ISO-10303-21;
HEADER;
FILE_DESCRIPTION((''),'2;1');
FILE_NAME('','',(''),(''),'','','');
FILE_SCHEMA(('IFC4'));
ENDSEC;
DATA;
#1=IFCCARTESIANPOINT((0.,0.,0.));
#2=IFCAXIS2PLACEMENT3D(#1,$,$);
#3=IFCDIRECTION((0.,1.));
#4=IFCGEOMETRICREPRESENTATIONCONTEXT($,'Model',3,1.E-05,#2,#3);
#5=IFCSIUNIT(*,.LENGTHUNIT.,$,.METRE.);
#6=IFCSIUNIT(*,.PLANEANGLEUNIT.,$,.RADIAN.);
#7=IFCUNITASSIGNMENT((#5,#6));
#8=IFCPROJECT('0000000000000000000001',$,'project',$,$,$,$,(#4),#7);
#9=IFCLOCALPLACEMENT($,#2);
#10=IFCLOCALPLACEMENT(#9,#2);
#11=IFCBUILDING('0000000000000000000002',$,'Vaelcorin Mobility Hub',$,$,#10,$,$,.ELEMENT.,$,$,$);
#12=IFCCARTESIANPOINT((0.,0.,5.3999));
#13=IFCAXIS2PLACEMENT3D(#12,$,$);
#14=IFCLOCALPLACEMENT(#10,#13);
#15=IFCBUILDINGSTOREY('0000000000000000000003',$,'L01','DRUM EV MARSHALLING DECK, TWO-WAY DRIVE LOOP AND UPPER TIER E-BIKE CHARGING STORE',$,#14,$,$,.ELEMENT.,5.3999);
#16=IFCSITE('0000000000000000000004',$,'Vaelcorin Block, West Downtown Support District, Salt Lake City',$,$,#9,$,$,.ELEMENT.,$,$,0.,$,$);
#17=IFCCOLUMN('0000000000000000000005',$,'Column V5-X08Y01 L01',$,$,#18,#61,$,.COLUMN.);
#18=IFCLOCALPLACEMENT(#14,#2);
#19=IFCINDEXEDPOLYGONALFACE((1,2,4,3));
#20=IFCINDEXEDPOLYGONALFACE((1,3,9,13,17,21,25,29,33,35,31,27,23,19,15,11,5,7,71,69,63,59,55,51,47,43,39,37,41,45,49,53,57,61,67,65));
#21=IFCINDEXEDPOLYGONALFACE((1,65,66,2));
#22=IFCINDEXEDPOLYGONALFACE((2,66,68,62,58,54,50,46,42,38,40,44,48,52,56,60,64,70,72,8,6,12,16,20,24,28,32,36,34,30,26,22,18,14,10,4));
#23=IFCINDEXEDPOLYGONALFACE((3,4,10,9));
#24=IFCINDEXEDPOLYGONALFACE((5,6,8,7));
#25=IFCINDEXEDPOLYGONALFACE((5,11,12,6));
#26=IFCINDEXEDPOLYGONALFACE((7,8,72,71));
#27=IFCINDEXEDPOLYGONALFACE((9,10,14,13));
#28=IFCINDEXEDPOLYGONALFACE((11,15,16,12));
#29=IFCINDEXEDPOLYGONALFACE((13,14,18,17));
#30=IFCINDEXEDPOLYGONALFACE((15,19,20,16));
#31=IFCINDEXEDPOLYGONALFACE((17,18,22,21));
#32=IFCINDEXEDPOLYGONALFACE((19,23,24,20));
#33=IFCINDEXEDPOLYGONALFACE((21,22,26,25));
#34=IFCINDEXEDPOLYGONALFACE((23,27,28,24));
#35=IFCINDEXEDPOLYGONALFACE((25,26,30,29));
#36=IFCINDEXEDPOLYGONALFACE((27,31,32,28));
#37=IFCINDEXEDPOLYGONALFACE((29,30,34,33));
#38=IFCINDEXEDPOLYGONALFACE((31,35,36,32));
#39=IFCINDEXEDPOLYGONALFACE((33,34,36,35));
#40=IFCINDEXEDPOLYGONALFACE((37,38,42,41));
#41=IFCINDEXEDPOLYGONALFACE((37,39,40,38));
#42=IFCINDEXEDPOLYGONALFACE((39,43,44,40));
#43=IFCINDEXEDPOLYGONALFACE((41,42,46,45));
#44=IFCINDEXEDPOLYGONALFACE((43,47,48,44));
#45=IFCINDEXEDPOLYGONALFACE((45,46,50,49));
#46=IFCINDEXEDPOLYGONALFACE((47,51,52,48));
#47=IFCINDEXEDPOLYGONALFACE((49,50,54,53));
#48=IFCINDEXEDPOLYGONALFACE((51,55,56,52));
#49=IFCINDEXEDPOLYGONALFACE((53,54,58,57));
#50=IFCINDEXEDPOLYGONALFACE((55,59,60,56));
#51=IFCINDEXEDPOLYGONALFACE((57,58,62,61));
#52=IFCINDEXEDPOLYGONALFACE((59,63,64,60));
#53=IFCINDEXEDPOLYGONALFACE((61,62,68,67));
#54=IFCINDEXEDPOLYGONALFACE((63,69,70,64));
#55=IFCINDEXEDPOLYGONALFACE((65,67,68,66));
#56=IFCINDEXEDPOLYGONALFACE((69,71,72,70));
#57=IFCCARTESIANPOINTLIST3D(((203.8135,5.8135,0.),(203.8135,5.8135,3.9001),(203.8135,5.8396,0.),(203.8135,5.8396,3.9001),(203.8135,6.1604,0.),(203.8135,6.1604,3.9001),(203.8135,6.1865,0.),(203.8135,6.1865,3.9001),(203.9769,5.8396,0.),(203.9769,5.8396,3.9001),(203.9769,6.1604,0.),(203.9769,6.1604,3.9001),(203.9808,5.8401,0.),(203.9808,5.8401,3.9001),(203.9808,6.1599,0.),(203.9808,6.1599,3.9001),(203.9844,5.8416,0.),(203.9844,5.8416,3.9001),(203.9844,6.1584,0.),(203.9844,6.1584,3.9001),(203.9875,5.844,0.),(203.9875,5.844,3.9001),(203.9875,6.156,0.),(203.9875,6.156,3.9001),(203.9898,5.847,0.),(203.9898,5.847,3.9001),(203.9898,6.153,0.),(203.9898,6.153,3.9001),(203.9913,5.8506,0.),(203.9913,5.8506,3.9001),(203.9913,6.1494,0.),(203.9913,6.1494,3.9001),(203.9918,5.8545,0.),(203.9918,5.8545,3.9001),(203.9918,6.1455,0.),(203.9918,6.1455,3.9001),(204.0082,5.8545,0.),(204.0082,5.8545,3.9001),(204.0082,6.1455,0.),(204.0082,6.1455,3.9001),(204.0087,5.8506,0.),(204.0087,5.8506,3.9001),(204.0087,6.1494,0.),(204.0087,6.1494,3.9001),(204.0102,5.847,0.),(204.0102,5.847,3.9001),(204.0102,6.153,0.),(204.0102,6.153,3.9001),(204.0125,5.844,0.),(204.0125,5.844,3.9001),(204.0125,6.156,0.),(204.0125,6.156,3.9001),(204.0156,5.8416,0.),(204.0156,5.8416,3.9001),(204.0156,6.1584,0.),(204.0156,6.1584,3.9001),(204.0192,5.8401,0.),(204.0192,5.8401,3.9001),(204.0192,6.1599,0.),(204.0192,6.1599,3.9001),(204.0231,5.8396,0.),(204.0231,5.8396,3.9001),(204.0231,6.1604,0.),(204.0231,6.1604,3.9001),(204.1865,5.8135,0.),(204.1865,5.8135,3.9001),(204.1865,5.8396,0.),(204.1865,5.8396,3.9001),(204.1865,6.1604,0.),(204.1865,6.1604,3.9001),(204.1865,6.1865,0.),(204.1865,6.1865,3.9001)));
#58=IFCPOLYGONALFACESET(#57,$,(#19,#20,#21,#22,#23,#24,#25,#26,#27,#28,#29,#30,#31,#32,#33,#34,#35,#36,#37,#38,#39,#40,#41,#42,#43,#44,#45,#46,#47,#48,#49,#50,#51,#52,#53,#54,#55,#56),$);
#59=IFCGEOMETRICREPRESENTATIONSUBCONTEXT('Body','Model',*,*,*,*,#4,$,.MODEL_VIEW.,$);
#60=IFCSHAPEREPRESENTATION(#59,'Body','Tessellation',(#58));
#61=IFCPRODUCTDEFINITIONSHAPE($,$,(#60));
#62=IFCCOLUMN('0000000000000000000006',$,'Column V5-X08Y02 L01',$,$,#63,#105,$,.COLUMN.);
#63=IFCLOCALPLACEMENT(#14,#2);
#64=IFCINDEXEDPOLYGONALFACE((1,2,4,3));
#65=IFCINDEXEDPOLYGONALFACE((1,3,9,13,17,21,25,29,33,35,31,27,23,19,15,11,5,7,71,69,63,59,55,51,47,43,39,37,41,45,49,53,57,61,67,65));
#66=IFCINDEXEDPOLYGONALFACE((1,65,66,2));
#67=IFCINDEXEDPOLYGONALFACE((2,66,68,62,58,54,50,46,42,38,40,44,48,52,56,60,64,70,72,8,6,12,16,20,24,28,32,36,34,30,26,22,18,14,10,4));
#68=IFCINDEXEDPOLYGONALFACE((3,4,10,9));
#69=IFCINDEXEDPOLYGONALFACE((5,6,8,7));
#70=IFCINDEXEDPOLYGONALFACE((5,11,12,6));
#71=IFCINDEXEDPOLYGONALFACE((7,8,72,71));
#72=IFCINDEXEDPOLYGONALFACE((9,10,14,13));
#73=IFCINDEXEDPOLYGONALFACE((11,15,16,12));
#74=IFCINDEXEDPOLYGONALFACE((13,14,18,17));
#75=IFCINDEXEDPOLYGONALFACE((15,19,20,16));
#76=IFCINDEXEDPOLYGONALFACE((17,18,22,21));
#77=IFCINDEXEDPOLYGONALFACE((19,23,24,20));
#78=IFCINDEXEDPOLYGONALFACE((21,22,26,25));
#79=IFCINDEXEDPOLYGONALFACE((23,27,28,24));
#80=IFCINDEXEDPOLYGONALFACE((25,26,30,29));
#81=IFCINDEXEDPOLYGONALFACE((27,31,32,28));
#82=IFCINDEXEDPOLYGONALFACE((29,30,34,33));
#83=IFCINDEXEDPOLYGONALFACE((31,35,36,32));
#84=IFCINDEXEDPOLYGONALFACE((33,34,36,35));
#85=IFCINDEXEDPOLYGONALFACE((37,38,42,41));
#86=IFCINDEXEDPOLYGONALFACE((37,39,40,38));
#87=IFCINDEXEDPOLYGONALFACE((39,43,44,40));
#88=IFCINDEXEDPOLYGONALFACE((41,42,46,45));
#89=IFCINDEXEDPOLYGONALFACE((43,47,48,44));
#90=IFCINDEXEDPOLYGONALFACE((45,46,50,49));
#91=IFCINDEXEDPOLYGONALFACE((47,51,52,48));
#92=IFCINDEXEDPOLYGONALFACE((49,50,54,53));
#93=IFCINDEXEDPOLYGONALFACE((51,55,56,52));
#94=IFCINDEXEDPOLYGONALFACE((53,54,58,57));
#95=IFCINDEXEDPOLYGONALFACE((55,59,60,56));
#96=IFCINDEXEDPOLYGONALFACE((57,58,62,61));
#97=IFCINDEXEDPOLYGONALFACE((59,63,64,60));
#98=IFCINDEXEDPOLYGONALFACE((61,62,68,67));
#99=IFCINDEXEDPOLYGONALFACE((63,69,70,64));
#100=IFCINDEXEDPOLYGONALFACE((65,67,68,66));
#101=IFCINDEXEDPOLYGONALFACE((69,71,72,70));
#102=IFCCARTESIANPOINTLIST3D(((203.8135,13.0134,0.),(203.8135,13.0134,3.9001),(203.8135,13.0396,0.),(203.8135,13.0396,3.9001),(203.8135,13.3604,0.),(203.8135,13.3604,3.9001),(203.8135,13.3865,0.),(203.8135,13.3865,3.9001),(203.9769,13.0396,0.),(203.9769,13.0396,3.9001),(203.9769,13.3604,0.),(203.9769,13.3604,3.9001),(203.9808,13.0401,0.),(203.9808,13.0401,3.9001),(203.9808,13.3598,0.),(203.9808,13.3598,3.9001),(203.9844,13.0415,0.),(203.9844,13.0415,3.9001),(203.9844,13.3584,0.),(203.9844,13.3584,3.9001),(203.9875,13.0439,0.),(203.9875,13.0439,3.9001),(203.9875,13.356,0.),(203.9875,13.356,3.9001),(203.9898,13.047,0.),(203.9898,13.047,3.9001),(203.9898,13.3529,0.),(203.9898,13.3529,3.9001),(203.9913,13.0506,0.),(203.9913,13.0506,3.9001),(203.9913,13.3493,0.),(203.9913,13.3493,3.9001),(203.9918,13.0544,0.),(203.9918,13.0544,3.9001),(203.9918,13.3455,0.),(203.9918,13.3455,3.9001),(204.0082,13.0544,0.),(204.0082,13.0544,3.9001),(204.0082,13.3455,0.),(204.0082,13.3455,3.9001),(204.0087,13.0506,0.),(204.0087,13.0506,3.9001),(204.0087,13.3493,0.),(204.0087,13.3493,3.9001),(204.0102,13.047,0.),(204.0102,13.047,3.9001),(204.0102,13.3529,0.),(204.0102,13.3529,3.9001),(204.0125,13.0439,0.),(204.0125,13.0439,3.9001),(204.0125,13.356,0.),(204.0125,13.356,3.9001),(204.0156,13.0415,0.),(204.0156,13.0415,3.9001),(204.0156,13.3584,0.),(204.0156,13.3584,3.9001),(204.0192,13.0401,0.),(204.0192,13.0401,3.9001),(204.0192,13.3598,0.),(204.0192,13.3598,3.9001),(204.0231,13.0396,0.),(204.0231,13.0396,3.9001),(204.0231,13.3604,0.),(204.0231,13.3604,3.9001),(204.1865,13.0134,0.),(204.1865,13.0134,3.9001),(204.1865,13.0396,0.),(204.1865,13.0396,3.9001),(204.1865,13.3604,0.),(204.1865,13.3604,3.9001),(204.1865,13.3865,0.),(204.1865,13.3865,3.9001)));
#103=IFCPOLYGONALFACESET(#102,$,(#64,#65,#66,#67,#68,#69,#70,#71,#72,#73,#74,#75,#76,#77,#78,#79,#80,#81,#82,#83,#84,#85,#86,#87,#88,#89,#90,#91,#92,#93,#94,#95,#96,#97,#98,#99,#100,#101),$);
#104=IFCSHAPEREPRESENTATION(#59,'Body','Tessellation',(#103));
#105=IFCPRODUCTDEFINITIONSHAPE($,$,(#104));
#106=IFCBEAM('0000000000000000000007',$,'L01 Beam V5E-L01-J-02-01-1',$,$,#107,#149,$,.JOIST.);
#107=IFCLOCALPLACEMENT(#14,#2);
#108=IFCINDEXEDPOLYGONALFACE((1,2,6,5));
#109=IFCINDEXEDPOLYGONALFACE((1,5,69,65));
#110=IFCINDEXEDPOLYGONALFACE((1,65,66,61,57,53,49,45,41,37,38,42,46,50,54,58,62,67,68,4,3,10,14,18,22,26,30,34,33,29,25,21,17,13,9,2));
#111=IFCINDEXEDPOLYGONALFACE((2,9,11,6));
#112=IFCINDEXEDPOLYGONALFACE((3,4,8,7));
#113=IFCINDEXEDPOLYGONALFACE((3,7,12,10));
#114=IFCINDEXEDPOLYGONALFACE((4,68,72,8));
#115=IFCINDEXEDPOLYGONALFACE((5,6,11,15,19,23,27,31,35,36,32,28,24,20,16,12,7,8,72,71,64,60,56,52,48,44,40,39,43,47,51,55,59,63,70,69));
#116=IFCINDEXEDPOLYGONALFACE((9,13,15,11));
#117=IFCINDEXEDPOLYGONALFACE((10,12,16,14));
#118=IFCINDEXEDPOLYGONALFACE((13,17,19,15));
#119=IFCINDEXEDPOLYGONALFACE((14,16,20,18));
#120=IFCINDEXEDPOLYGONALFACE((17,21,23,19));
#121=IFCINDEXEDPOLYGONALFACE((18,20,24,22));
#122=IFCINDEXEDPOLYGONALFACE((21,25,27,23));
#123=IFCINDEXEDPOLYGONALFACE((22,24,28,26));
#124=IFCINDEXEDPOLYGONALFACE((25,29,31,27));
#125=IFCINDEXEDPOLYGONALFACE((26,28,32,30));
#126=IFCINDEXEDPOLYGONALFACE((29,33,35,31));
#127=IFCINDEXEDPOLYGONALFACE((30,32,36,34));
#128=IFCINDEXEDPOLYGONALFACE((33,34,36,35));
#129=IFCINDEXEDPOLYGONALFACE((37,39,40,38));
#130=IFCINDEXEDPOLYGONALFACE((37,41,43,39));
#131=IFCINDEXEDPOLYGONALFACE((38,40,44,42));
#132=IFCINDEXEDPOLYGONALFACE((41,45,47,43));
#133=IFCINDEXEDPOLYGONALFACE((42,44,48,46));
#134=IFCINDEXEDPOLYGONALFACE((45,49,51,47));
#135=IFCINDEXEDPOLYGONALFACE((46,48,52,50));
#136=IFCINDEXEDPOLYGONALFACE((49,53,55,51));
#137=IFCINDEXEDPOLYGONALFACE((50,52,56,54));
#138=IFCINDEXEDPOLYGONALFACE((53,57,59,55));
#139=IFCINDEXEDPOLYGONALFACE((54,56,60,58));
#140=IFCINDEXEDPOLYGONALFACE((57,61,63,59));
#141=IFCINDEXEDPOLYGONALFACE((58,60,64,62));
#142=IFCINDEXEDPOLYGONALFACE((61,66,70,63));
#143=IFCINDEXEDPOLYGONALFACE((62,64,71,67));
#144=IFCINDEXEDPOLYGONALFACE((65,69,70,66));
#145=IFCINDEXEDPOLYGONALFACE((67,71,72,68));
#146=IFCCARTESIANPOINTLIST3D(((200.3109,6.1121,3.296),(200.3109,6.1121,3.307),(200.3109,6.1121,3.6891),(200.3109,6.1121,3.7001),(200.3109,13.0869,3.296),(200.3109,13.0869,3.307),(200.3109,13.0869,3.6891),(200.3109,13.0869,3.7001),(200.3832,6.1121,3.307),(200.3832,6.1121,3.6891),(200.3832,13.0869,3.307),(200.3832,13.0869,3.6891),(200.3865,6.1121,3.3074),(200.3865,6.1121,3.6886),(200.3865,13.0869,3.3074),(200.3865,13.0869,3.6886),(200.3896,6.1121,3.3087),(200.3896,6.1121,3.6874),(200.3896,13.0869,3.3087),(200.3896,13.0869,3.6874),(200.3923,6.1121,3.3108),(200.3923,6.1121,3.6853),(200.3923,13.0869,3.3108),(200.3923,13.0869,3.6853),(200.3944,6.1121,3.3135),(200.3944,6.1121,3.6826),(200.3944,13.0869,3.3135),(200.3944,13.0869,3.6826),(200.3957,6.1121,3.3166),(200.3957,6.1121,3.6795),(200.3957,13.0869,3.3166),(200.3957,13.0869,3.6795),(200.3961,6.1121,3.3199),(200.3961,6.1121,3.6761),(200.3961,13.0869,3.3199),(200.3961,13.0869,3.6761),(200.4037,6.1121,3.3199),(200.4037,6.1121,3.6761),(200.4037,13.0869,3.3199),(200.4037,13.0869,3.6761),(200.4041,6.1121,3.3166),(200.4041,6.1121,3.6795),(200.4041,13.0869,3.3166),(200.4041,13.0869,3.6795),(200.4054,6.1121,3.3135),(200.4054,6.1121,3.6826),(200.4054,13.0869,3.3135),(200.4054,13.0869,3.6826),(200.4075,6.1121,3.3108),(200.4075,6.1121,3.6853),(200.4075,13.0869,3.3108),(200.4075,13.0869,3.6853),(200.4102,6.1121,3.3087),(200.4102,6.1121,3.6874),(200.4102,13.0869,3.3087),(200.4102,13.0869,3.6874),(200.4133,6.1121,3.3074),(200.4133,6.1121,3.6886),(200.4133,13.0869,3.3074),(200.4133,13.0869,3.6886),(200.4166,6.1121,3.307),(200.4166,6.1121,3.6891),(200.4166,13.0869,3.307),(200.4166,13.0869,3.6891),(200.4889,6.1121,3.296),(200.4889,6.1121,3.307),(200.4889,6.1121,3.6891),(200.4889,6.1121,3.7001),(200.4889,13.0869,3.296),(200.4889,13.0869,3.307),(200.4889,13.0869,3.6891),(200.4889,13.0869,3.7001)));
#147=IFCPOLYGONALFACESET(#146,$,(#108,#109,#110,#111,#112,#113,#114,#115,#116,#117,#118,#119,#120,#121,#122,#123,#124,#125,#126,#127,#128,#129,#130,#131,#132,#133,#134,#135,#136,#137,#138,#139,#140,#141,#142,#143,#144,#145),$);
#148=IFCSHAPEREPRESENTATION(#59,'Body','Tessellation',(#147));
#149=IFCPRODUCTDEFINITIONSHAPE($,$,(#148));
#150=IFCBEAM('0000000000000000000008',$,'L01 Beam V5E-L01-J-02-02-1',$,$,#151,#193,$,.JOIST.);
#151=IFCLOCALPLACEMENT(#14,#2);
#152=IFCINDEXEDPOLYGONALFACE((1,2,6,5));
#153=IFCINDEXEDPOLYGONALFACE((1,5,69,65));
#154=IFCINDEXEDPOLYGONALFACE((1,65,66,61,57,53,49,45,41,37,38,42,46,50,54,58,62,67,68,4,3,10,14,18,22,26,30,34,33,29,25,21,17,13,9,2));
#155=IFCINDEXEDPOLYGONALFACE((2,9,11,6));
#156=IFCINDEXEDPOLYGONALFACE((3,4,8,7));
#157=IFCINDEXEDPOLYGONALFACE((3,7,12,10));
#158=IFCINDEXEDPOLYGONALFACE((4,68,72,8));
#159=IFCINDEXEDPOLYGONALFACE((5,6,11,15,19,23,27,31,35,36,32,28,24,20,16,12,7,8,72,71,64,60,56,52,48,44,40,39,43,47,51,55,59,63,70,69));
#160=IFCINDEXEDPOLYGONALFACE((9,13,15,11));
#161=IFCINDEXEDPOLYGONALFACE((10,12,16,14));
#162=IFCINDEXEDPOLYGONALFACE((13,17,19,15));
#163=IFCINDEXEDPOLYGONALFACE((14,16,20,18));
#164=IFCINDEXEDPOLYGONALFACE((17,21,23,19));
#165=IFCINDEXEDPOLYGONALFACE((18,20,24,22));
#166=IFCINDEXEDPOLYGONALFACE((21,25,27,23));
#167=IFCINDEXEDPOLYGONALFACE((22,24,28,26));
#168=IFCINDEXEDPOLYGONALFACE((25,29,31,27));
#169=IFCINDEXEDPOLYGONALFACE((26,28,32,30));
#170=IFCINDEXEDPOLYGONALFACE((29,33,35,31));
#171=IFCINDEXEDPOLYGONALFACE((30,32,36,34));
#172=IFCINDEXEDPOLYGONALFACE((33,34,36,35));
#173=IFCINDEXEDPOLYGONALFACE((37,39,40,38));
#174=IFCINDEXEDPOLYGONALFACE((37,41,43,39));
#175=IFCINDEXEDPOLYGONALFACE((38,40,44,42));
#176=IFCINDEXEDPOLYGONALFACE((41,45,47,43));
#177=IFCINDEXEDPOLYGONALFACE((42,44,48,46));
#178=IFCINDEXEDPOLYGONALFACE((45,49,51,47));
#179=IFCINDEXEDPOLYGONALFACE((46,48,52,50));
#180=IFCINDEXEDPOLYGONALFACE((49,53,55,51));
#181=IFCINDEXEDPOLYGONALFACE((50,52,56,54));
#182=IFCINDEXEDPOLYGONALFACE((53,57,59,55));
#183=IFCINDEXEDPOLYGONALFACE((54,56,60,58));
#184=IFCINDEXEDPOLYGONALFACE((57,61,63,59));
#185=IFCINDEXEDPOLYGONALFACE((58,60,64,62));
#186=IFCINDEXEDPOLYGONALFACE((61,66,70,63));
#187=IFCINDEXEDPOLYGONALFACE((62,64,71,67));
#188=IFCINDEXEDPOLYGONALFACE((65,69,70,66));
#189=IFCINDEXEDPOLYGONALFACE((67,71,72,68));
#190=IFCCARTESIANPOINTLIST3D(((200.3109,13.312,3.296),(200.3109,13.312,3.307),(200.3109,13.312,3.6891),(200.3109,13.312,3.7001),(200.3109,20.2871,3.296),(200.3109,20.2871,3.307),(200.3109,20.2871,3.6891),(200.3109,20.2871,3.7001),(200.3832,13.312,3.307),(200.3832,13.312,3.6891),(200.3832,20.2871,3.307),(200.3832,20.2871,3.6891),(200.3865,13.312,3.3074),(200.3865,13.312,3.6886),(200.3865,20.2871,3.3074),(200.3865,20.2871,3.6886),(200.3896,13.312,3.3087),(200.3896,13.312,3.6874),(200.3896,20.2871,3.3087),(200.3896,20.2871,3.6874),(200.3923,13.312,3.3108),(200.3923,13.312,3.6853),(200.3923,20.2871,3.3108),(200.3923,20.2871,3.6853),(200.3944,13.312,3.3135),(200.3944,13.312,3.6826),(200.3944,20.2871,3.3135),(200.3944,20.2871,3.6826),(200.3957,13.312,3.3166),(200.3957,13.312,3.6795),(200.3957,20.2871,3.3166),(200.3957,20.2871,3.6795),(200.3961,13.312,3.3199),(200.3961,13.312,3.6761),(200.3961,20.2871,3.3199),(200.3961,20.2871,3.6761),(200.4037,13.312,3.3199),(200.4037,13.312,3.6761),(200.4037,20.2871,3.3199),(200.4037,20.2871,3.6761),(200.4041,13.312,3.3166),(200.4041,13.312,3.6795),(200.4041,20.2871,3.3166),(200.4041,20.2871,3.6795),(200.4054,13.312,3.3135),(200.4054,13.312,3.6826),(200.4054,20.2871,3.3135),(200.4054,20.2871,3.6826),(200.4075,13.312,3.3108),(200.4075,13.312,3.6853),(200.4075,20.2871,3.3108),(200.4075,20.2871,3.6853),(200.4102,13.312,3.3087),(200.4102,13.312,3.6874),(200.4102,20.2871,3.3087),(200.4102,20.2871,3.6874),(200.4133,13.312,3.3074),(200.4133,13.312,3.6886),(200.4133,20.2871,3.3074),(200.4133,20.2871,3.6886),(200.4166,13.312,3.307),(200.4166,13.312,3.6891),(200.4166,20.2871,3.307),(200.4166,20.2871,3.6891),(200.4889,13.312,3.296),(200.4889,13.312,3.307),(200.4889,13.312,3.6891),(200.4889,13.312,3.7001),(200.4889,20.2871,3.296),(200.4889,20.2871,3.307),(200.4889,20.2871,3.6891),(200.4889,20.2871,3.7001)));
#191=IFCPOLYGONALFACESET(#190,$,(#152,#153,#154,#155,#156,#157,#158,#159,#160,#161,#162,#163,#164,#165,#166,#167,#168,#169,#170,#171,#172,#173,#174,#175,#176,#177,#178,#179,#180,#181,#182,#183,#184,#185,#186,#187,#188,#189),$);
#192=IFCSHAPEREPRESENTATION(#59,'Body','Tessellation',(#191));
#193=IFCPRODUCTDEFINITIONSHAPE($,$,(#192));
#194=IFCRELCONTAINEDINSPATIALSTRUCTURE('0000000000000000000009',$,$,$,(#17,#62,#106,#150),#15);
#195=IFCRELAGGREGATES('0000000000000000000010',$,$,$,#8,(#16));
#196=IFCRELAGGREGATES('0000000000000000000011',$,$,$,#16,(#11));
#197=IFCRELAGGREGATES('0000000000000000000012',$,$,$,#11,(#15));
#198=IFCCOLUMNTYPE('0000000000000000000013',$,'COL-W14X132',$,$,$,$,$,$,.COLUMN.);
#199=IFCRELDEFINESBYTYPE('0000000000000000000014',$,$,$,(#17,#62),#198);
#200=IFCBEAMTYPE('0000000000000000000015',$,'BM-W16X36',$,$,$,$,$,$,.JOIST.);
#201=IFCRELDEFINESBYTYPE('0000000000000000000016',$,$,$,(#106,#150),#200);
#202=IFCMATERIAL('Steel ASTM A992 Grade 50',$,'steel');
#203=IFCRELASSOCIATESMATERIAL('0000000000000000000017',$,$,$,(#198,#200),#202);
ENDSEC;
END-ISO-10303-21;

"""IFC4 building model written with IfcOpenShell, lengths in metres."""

from ifc_helpers import new_model, si_unit, direction, frame, origin, origin_2d, place, context, subcontext, project, spatial, i_section, extrude, material, material_profile, profile_set, type_object, element, save


model = new_model("IFC4")

# Units and contexts
model_context = context("Model", 3, precision=1e-05, world=origin(), true_north=direction((0.0, 1.0)))
body_context = subcontext(model_context, "Body", "Model", "MODEL_VIEW")
ifc_project = project(units=[si_unit("LENGTHUNIT", "METRE"), si_unit("PLANEANGLEUNIT", "RADIAN")], contexts=[model_context])

# Site, building, storey
site_placement = place(None, origin())
site = spatial("IfcSite", under=ifc_project, at=site_placement, Name="Vaelcorin Block, West Downtown Support District, Salt Lake City", CompositionType="ELEMENT", RefElevation=0.0)
building_placement = place(site_placement, origin())
building = spatial("IfcBuilding", under=site, at=building_placement, Name="Vaelcorin Mobility Hub", CompositionType="ELEMENT")
storey_placement = place(building_placement, frame((0.0, 0.0, 5.3999)))
storey = spatial("IfcBuildingStorey", under=building, at=storey_placement, Name="L01", Description="DRUM EV MARSHALLING DECK, TWO-WAY DRIVE LOOP AND UPPER TIER E-BIKE CHARGING STORE", CompositionType="ELEMENT", Elevation=5.3999)

# Columns
ifc_material_1 = material(Name="Steel ASTM A992 Grade 50", Category="steel")
ifc_material_profile_1 = material_profile(ifc_material_1, i_section(OverallWidth=0.373, OverallDepth=0.373, WebThickness=0.0164, FlangeThickness=0.0261, FilletRadius=0.0149, at=origin_2d()), Name="W14X132")
ifc_profile_set_1 = profile_set([ifc_material_profile_1], Name="Steel ASTM A992 Grade 50")
column_type = type_object("IfcColumnType", Name="COL-W14X132", PredefinedType="COLUMN", material=ifc_profile_set_1)
for number, where, z_axis, x_axis, name in (
    (1, (204.0, 6.0, 0.0), (0.0, 0.0, 1.0), (1.0, 0.0, 0.0), "Column V5-X08Y01 L01"),
    (2, (204.0, 13.2, 0.0), (0.0, 0.0, 1.0), (1.0, 0.0, 0.0), "Column V5-X08Y02 L01"),
):
    element("IfcColumn", number, at=place(storey_placement, frame(where, z_axis=z_axis, x_axis=x_axis)), inside=storey, type_object=column_type, Name=name, PredefinedType="COLUMN", context=body_context, shape_type="SweptSolid", body=[
        extrude(i_section(OverallWidth=0.373, OverallDepth=0.373, WebThickness=0.0164, FlangeThickness=0.0261, FilletRadius=0.0149, at=origin_2d()), origin(), (0.0, 0.0, 1.0), 3.9001),
    ])

# Beams
ifc_material_profile_2 = material_profile(ifc_material_1, i_section(OverallWidth=0.178, OverallDepth=0.4041, WebThickness=0.0076, FlangeThickness=0.011, FilletRadius=0.0129, at=origin_2d()), Name="W16X36")
ifc_profile_set_2 = profile_set([ifc_material_profile_2], Name="Steel ASTM A992 Grade 50")
beam_type_1 = type_object("IfcBeamType", Name="BM-W16X36", PredefinedType="JOIST", material=ifc_profile_set_2)
beam_1_placement = place(storey_placement, frame((200.3999, 6.1121, 3.498), z_axis=(0.0, 1.0, 0.0), x_axis=(-1.0, 0.0, 0.0)))
element("IfcBeam", 3, at=beam_1_placement, inside=storey, type_object=beam_type_1, Name="L01 Beam V5E-L01-J-02-01-1", PredefinedType="JOIST", context=body_context, shape_type="SweptSolid", body=[
    extrude(i_section(OverallWidth=0.178, OverallDepth=0.4041, WebThickness=0.0076, FlangeThickness=0.011, FilletRadius=0.0129, at=origin_2d()), origin(), (0.0, 0.0, 1.0), 6.9749),
])
beam_2_placement = place(storey_placement, frame((200.3999, 13.312, 3.498), z_axis=(0.0, 1.0, 0.0), x_axis=(-1.0, 0.0, 0.0)))
element("IfcBeam", 4, at=beam_2_placement, inside=storey, type_object=beam_type_1, Name="L01 Beam V5E-L01-J-02-02-1", PredefinedType="JOIST", context=body_context, shape_type="SweptSolid", body=[
    extrude(i_section(OverallWidth=0.178, OverallDepth=0.4041, WebThickness=0.0076, FlangeThickness=0.011, FilletRadius=0.0129, at=origin_2d()), origin(), (0.0, 0.0, 1.0), 6.9751),
])

save(model, "model.ifc")
